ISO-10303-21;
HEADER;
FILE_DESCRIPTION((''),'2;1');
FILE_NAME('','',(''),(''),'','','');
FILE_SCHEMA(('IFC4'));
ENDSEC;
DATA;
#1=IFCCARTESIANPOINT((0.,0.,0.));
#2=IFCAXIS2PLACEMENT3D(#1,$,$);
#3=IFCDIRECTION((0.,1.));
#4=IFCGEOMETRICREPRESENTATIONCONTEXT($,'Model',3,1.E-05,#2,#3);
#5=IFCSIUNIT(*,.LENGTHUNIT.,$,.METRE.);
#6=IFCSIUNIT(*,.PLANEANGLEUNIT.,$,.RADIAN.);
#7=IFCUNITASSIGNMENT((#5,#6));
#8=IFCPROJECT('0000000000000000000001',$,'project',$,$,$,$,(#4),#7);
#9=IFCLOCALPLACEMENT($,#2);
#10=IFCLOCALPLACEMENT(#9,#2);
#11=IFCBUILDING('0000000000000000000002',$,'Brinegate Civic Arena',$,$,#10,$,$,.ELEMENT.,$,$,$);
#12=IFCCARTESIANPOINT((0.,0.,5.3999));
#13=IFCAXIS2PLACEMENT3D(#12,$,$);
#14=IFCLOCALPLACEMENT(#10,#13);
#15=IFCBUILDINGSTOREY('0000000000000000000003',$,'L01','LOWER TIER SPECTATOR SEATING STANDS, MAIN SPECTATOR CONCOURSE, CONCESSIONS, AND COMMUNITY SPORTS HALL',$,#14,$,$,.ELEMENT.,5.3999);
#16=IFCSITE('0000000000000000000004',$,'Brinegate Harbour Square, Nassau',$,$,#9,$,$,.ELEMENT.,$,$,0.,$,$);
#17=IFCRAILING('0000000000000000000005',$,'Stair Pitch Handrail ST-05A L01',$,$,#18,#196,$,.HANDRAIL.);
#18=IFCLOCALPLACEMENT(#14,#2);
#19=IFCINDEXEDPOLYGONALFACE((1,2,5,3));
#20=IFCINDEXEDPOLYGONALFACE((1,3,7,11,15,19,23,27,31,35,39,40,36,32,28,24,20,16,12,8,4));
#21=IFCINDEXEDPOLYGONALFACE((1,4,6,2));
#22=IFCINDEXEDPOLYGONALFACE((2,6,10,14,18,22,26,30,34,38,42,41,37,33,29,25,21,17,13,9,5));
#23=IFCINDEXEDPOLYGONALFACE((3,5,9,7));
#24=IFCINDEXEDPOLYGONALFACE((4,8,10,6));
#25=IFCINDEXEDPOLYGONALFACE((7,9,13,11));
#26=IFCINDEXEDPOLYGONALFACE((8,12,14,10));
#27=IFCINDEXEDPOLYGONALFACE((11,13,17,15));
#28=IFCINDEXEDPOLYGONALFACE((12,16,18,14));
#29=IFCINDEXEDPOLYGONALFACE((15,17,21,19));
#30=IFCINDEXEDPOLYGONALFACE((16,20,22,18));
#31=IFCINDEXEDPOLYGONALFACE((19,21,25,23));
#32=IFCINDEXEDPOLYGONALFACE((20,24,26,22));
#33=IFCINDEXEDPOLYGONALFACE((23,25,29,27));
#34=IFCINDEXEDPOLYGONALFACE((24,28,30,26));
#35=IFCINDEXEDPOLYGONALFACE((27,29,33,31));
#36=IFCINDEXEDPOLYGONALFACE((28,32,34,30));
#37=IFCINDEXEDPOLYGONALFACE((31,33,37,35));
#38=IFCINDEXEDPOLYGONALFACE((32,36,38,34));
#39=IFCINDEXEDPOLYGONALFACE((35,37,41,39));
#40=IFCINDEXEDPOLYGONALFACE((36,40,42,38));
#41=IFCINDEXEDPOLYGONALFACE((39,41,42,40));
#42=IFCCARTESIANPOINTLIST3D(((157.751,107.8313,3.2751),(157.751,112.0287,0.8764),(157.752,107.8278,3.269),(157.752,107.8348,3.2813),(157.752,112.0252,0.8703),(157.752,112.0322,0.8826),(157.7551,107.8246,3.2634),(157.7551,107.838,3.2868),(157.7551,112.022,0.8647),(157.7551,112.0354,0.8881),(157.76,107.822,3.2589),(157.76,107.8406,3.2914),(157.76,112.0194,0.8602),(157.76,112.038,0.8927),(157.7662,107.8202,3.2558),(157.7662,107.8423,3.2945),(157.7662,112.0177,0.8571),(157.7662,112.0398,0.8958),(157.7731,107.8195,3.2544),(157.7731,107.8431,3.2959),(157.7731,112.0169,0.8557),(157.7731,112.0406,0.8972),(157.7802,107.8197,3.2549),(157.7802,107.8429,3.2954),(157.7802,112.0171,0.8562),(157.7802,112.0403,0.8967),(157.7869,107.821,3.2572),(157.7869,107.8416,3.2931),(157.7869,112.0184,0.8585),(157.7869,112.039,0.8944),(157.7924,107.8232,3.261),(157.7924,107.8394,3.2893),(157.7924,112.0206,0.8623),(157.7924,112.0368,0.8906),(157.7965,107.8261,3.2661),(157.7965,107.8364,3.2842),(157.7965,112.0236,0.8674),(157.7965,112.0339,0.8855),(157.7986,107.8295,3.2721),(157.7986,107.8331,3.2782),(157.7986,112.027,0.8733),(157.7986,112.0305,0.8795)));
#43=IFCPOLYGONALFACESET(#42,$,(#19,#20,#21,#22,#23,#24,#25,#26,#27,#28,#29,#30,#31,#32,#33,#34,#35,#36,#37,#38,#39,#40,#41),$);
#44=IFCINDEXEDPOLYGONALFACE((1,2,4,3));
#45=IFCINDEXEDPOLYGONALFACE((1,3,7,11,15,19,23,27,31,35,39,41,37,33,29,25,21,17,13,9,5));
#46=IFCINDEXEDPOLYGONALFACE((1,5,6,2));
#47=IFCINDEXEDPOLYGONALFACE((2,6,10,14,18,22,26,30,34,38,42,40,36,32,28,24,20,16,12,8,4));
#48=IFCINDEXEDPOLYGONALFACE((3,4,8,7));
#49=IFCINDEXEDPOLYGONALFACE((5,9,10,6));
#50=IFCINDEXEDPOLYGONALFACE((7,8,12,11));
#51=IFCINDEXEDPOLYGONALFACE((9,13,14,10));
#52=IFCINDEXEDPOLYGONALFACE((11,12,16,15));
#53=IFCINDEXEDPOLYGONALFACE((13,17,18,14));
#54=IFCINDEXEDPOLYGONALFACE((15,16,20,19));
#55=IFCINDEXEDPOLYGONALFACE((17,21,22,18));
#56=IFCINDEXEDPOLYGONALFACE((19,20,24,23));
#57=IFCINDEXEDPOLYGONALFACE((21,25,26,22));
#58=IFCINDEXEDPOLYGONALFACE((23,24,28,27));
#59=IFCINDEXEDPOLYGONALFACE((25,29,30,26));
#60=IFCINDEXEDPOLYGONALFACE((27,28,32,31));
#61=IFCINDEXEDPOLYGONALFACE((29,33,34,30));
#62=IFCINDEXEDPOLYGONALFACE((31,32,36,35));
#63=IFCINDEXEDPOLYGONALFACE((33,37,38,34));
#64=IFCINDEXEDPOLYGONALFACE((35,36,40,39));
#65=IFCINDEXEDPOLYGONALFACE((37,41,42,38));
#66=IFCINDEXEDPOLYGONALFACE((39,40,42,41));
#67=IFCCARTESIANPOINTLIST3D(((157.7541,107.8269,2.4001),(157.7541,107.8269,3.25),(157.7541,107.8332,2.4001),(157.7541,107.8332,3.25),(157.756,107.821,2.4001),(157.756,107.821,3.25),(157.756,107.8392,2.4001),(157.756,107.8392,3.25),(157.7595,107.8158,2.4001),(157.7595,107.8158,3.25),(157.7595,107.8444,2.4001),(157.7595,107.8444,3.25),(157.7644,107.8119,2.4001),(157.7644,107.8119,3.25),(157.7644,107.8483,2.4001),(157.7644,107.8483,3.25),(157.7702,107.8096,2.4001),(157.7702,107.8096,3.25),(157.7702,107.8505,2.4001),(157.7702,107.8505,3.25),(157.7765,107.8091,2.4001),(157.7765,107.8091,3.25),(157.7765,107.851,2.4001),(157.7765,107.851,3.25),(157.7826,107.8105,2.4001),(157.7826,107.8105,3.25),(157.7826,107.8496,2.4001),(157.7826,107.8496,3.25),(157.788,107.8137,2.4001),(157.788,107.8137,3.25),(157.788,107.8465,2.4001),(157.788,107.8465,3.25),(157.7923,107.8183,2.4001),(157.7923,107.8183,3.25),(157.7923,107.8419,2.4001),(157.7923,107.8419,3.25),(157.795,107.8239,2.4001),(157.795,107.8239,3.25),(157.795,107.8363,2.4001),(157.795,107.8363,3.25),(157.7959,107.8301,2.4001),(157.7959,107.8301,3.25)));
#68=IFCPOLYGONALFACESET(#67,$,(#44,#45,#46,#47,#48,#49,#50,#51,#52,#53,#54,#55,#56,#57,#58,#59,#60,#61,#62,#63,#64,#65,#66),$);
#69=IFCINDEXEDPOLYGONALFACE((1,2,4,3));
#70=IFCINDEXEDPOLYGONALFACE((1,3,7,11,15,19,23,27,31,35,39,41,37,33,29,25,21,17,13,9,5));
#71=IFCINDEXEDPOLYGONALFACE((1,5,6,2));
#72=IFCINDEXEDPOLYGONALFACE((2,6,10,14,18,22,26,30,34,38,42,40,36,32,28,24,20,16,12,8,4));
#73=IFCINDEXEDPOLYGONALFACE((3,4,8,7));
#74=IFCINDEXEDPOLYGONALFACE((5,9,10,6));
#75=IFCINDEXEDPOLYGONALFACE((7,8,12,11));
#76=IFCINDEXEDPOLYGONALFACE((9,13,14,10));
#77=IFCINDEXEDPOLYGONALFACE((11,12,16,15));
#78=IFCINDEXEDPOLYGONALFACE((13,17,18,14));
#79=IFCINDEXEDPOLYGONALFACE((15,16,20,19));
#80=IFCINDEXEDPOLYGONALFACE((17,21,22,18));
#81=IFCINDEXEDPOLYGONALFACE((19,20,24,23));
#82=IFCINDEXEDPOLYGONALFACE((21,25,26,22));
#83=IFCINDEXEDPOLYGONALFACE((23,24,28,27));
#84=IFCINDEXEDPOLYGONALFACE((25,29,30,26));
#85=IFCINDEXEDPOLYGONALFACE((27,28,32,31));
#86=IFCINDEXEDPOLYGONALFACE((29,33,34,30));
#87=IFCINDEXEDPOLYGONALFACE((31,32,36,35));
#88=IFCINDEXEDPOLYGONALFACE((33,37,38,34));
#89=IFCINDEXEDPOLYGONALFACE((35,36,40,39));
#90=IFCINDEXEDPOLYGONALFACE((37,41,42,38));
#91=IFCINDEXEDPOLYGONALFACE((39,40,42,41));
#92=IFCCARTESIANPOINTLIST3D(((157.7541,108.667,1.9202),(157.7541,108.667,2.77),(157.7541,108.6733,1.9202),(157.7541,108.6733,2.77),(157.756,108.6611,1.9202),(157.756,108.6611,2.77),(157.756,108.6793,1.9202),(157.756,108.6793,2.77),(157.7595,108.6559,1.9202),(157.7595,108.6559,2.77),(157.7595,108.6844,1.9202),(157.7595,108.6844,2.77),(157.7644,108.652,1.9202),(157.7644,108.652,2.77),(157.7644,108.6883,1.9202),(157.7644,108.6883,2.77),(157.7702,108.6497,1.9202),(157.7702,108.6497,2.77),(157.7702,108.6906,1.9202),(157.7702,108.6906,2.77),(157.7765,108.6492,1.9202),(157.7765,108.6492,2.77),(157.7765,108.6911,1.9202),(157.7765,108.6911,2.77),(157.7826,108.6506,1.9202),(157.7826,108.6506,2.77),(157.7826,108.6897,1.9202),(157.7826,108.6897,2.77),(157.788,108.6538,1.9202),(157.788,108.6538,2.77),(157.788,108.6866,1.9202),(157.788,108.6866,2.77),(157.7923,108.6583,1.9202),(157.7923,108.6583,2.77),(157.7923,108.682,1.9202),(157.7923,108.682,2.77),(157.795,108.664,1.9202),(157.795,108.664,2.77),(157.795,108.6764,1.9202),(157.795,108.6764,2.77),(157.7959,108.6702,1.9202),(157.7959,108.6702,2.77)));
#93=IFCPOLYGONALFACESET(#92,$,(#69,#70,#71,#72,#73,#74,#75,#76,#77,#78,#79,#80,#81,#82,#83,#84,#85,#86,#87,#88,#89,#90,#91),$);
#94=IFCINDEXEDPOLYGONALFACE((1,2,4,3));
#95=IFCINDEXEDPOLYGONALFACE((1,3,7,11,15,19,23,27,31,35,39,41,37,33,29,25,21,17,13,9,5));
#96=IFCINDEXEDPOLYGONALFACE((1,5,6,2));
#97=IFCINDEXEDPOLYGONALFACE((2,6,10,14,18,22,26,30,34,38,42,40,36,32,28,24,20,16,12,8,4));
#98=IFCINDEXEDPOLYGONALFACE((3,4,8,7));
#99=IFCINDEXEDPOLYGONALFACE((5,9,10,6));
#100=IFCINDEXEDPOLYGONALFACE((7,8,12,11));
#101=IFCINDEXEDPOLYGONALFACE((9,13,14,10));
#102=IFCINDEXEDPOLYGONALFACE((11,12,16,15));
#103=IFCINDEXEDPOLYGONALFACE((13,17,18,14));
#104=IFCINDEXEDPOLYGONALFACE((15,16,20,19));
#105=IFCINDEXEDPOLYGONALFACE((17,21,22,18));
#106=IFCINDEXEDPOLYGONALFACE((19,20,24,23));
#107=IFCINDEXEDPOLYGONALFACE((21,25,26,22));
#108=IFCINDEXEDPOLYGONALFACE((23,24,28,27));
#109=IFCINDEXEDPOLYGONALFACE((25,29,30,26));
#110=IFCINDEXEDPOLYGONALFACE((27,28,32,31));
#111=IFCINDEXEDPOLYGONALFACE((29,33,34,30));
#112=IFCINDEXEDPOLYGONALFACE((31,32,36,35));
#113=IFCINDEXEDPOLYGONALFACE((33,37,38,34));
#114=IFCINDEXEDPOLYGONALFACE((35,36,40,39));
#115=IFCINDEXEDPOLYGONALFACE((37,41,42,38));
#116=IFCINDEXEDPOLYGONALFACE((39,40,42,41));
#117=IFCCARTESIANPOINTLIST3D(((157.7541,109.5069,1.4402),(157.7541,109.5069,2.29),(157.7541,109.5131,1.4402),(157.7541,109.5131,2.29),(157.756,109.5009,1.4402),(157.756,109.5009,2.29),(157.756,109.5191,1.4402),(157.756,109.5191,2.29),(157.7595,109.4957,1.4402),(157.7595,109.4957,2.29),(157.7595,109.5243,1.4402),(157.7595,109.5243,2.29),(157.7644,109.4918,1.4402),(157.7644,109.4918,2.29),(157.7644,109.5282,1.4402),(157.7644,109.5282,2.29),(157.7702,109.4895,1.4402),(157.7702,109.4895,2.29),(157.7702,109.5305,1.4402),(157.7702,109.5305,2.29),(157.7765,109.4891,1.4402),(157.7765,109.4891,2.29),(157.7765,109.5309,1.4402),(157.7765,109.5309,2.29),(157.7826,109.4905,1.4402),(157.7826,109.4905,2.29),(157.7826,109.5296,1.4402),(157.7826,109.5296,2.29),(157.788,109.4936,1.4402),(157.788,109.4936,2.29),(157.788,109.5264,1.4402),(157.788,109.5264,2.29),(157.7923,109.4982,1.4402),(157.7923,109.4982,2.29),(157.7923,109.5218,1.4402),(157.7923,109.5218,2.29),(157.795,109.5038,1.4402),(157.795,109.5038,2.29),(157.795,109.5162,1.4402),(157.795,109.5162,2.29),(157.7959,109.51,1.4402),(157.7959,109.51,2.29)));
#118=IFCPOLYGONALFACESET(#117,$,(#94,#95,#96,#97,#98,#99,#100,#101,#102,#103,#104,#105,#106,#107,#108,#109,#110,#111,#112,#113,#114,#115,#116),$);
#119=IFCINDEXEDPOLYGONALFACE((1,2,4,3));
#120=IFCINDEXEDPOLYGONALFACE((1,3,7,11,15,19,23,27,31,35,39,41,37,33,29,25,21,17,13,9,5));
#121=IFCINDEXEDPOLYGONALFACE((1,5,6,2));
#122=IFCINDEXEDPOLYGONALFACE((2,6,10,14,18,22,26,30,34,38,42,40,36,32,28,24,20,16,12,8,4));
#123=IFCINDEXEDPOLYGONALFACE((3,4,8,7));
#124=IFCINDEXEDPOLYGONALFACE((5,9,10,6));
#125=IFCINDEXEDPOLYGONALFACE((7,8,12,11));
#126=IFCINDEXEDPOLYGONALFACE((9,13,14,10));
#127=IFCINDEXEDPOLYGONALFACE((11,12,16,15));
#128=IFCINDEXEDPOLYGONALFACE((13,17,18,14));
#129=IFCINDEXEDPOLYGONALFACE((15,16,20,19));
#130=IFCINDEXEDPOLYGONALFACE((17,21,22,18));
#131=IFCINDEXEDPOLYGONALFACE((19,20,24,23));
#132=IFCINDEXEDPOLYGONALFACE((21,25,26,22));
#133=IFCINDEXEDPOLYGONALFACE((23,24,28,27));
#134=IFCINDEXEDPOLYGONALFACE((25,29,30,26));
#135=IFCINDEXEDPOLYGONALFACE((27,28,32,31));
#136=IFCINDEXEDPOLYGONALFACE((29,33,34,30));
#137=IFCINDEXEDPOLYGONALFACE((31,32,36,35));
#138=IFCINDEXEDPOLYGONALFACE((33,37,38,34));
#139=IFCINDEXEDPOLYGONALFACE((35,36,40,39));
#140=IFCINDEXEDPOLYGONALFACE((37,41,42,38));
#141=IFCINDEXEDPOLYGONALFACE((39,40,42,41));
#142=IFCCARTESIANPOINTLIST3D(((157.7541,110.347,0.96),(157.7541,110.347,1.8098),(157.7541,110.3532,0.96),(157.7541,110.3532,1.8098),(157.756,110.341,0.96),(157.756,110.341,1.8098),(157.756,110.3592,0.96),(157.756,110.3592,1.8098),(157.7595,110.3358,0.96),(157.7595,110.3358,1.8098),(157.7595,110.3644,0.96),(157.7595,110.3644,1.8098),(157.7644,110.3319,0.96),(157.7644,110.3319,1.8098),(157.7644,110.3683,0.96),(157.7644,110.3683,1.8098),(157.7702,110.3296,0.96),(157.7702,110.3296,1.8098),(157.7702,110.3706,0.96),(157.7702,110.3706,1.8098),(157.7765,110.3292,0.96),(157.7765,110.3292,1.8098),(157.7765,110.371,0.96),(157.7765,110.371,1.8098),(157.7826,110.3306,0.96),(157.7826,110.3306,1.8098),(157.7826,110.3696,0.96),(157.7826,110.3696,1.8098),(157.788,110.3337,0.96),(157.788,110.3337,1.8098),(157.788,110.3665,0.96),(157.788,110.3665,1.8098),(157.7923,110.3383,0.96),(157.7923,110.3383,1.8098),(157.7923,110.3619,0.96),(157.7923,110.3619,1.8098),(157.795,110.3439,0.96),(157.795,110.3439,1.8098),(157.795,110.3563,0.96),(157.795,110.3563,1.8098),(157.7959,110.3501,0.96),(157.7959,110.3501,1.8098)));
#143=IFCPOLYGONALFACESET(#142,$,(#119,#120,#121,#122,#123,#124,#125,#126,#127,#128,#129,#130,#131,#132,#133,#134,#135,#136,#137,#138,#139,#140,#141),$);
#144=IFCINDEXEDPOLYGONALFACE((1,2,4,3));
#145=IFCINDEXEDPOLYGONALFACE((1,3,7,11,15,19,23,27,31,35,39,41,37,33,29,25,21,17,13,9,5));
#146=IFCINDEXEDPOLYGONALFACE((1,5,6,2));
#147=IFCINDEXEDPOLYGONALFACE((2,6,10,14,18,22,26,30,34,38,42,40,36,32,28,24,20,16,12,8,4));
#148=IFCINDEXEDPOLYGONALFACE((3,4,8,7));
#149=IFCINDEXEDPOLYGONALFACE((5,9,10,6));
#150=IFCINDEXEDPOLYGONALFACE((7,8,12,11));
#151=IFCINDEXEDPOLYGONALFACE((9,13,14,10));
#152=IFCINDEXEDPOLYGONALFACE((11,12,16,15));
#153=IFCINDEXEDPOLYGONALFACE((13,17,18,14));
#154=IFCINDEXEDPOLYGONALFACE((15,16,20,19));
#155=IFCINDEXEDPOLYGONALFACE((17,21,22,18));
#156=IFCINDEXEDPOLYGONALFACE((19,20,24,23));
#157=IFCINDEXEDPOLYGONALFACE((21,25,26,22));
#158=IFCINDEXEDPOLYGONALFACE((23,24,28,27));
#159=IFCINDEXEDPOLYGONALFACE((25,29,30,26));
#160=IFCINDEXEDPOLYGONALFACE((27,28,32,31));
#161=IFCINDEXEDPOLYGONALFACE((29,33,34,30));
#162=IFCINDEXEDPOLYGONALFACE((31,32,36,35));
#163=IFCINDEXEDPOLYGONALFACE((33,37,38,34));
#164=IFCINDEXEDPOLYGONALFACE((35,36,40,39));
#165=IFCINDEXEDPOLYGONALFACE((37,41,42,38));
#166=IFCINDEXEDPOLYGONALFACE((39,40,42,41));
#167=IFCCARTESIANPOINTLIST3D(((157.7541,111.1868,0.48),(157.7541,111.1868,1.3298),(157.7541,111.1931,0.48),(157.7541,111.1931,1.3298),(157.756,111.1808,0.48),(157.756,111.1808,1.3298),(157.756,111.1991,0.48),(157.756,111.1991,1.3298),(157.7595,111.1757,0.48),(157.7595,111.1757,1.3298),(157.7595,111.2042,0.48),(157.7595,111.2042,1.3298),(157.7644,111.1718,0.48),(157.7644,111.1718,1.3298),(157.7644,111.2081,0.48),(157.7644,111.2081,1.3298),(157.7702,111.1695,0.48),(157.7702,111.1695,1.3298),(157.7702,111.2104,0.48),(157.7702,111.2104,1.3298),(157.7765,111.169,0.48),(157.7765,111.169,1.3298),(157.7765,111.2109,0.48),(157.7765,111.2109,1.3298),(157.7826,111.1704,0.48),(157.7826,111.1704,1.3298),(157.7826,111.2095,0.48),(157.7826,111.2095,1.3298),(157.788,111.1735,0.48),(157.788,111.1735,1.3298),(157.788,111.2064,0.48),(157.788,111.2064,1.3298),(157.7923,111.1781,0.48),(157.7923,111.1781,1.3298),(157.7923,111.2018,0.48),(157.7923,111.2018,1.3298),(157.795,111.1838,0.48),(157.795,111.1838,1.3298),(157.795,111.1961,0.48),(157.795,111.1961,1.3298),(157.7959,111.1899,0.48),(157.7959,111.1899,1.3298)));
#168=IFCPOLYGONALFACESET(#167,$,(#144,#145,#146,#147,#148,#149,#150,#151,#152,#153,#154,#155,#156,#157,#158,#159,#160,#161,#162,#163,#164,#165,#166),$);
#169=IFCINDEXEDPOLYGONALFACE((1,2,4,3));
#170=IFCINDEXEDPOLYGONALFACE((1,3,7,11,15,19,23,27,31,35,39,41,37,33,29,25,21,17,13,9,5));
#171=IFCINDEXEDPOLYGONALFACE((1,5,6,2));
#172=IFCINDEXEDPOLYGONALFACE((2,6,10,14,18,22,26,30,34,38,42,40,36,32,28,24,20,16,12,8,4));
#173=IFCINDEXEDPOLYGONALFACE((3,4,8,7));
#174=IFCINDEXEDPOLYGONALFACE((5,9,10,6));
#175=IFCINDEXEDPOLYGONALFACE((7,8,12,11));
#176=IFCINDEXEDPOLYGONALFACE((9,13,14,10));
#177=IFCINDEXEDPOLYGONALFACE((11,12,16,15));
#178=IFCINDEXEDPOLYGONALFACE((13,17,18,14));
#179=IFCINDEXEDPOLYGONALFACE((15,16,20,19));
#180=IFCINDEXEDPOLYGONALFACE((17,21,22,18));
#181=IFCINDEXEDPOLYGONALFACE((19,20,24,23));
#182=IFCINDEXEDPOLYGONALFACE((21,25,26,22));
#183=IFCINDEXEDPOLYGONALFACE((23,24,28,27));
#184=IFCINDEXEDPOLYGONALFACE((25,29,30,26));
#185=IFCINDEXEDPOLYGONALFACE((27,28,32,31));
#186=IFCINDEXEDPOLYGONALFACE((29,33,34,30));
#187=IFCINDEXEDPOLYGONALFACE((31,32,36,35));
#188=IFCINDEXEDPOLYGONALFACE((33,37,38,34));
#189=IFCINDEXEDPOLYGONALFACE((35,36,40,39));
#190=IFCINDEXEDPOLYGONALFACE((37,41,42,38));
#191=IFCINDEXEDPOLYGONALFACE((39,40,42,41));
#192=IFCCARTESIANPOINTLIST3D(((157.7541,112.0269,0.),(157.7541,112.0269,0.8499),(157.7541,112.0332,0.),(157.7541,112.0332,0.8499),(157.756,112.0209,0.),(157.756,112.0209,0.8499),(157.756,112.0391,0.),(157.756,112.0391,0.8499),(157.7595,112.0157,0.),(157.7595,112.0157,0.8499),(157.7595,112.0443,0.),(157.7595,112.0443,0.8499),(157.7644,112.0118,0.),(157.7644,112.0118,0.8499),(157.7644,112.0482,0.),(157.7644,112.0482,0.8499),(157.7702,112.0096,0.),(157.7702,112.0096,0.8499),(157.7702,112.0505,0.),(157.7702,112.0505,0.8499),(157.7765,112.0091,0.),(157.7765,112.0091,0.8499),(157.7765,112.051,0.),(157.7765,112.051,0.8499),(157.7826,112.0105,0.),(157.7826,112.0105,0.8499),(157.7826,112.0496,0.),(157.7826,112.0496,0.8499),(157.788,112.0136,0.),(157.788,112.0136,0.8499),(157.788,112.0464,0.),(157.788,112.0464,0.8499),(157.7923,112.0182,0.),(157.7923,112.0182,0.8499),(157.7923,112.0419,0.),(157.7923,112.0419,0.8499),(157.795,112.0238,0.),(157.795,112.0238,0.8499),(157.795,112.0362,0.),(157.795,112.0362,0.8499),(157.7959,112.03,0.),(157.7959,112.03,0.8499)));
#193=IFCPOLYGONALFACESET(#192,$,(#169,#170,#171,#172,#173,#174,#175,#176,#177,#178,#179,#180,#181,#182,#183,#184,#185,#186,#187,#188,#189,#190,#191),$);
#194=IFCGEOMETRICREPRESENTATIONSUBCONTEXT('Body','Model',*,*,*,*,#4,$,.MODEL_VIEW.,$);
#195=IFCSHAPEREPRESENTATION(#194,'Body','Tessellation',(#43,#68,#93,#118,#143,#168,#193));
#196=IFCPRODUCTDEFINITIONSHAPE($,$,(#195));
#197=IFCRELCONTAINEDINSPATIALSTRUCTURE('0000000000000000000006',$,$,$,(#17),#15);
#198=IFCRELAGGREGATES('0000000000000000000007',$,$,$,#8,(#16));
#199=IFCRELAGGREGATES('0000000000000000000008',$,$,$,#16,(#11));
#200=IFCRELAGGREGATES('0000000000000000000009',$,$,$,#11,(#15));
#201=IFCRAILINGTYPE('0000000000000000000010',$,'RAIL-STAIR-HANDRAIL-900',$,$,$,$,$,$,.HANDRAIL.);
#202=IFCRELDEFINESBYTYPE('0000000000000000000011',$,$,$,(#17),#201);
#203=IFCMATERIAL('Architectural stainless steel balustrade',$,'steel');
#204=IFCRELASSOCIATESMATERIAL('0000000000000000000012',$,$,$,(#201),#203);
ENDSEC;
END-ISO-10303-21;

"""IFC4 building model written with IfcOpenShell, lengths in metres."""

from ifc_helpers import new_model, si_unit, direction, frame, origin, origin_2d, place, context, subcontext, project, spatial, circle, extrude, material, type_object, element, save


model = new_model("IFC4")

# Units and contexts
model_context = context("Model", 3, precision=1e-05, world=origin(), true_north=direction((0.0, 1.0)))
body_context = subcontext(model_context, "Body", "Model", "MODEL_VIEW")
ifc_project = project(units=[si_unit("LENGTHUNIT", "METRE"), si_unit("PLANEANGLEUNIT", "RADIAN")], contexts=[model_context])

# Site, building, storey
site_placement = place(None, origin())
site = spatial("IfcSite", under=ifc_project, at=site_placement, Name="Brinegate Harbour Square, Nassau", CompositionType="ELEMENT", RefElevation=0.0)
building_placement = place(site_placement, origin())
building = spatial("IfcBuilding", under=site, at=building_placement, Name="Brinegate Civic Arena", CompositionType="ELEMENT")
storey_placement = place(building_placement, frame((0.0, 0.0, 5.3999)))
storey = spatial("IfcBuildingStorey", under=building, at=storey_placement, Name="L01", Description="LOWER TIER SPECTATOR SEATING STANDS, MAIN SPECTATOR CONCOURSE, CONCESSIONS, AND COMMUNITY SPORTS HALL", CompositionType="ELEMENT", Elevation=5.3999)

# Railing
ifc_material_1 = material(Name="Architectural stainless steel balustrade", Category="steel")
railing_type_1 = type_object("IfcRailingType", Name="RAIL-STAIR-HANDRAIL-900", PredefinedType="HANDRAIL", material=ifc_material_1)
for number, where, name in (
    (1, (157.7749, 107.8301, 2.4001), "Stair Pitch Handrail ST-05A L01"),
):
    element("IfcRailing", number, at=place(storey_placement, frame(where)), inside=storey, type_object=railing_type_1, Name=name, PredefinedType="HANDRAIL", context=body_context, shape_type="SweptSolid", body=[
        extrude(circle(Radius=0.0239, at=origin_2d()), frame((0.0, 0.0012, 0.875), z_axis=(0.0, 0.868228, -0.496166), x_axis=(-1.0, 0.0, 0.0)), (0.0, 0.0, 1.0), 4.8345),
        extrude(circle(Radius=0.021, at=origin_2d()), origin(), (0.0, 0.0, 1.0), 0.8499),
        extrude(circle(Radius=0.021, at=origin_2d()), frame((0.0, 0.8401, -0.48)), (0.0, 0.0, 1.0), 0.8499),
        extrude(circle(Radius=0.021, at=origin_2d()), frame((0.0, 1.6799, -0.96)), (0.0, 0.0, 1.0), 0.8499),
        extrude(circle(Radius=0.021, at=origin_2d()), frame((0.0, 2.52, -1.4402)), (0.0, 0.0, 1.0), 0.8499),
        extrude(circle(Radius=0.021, at=origin_2d()), frame((0.0, 3.3599, -1.9202)), (0.0, 0.0, 1.0), 0.8499),
        extrude(circle(Radius=0.021, at=origin_2d()), frame((0.0, 4.2, -2.4001)), (0.0, 0.0, 1.0), 0.8499),
    ])

save(model, "model.ifc")
